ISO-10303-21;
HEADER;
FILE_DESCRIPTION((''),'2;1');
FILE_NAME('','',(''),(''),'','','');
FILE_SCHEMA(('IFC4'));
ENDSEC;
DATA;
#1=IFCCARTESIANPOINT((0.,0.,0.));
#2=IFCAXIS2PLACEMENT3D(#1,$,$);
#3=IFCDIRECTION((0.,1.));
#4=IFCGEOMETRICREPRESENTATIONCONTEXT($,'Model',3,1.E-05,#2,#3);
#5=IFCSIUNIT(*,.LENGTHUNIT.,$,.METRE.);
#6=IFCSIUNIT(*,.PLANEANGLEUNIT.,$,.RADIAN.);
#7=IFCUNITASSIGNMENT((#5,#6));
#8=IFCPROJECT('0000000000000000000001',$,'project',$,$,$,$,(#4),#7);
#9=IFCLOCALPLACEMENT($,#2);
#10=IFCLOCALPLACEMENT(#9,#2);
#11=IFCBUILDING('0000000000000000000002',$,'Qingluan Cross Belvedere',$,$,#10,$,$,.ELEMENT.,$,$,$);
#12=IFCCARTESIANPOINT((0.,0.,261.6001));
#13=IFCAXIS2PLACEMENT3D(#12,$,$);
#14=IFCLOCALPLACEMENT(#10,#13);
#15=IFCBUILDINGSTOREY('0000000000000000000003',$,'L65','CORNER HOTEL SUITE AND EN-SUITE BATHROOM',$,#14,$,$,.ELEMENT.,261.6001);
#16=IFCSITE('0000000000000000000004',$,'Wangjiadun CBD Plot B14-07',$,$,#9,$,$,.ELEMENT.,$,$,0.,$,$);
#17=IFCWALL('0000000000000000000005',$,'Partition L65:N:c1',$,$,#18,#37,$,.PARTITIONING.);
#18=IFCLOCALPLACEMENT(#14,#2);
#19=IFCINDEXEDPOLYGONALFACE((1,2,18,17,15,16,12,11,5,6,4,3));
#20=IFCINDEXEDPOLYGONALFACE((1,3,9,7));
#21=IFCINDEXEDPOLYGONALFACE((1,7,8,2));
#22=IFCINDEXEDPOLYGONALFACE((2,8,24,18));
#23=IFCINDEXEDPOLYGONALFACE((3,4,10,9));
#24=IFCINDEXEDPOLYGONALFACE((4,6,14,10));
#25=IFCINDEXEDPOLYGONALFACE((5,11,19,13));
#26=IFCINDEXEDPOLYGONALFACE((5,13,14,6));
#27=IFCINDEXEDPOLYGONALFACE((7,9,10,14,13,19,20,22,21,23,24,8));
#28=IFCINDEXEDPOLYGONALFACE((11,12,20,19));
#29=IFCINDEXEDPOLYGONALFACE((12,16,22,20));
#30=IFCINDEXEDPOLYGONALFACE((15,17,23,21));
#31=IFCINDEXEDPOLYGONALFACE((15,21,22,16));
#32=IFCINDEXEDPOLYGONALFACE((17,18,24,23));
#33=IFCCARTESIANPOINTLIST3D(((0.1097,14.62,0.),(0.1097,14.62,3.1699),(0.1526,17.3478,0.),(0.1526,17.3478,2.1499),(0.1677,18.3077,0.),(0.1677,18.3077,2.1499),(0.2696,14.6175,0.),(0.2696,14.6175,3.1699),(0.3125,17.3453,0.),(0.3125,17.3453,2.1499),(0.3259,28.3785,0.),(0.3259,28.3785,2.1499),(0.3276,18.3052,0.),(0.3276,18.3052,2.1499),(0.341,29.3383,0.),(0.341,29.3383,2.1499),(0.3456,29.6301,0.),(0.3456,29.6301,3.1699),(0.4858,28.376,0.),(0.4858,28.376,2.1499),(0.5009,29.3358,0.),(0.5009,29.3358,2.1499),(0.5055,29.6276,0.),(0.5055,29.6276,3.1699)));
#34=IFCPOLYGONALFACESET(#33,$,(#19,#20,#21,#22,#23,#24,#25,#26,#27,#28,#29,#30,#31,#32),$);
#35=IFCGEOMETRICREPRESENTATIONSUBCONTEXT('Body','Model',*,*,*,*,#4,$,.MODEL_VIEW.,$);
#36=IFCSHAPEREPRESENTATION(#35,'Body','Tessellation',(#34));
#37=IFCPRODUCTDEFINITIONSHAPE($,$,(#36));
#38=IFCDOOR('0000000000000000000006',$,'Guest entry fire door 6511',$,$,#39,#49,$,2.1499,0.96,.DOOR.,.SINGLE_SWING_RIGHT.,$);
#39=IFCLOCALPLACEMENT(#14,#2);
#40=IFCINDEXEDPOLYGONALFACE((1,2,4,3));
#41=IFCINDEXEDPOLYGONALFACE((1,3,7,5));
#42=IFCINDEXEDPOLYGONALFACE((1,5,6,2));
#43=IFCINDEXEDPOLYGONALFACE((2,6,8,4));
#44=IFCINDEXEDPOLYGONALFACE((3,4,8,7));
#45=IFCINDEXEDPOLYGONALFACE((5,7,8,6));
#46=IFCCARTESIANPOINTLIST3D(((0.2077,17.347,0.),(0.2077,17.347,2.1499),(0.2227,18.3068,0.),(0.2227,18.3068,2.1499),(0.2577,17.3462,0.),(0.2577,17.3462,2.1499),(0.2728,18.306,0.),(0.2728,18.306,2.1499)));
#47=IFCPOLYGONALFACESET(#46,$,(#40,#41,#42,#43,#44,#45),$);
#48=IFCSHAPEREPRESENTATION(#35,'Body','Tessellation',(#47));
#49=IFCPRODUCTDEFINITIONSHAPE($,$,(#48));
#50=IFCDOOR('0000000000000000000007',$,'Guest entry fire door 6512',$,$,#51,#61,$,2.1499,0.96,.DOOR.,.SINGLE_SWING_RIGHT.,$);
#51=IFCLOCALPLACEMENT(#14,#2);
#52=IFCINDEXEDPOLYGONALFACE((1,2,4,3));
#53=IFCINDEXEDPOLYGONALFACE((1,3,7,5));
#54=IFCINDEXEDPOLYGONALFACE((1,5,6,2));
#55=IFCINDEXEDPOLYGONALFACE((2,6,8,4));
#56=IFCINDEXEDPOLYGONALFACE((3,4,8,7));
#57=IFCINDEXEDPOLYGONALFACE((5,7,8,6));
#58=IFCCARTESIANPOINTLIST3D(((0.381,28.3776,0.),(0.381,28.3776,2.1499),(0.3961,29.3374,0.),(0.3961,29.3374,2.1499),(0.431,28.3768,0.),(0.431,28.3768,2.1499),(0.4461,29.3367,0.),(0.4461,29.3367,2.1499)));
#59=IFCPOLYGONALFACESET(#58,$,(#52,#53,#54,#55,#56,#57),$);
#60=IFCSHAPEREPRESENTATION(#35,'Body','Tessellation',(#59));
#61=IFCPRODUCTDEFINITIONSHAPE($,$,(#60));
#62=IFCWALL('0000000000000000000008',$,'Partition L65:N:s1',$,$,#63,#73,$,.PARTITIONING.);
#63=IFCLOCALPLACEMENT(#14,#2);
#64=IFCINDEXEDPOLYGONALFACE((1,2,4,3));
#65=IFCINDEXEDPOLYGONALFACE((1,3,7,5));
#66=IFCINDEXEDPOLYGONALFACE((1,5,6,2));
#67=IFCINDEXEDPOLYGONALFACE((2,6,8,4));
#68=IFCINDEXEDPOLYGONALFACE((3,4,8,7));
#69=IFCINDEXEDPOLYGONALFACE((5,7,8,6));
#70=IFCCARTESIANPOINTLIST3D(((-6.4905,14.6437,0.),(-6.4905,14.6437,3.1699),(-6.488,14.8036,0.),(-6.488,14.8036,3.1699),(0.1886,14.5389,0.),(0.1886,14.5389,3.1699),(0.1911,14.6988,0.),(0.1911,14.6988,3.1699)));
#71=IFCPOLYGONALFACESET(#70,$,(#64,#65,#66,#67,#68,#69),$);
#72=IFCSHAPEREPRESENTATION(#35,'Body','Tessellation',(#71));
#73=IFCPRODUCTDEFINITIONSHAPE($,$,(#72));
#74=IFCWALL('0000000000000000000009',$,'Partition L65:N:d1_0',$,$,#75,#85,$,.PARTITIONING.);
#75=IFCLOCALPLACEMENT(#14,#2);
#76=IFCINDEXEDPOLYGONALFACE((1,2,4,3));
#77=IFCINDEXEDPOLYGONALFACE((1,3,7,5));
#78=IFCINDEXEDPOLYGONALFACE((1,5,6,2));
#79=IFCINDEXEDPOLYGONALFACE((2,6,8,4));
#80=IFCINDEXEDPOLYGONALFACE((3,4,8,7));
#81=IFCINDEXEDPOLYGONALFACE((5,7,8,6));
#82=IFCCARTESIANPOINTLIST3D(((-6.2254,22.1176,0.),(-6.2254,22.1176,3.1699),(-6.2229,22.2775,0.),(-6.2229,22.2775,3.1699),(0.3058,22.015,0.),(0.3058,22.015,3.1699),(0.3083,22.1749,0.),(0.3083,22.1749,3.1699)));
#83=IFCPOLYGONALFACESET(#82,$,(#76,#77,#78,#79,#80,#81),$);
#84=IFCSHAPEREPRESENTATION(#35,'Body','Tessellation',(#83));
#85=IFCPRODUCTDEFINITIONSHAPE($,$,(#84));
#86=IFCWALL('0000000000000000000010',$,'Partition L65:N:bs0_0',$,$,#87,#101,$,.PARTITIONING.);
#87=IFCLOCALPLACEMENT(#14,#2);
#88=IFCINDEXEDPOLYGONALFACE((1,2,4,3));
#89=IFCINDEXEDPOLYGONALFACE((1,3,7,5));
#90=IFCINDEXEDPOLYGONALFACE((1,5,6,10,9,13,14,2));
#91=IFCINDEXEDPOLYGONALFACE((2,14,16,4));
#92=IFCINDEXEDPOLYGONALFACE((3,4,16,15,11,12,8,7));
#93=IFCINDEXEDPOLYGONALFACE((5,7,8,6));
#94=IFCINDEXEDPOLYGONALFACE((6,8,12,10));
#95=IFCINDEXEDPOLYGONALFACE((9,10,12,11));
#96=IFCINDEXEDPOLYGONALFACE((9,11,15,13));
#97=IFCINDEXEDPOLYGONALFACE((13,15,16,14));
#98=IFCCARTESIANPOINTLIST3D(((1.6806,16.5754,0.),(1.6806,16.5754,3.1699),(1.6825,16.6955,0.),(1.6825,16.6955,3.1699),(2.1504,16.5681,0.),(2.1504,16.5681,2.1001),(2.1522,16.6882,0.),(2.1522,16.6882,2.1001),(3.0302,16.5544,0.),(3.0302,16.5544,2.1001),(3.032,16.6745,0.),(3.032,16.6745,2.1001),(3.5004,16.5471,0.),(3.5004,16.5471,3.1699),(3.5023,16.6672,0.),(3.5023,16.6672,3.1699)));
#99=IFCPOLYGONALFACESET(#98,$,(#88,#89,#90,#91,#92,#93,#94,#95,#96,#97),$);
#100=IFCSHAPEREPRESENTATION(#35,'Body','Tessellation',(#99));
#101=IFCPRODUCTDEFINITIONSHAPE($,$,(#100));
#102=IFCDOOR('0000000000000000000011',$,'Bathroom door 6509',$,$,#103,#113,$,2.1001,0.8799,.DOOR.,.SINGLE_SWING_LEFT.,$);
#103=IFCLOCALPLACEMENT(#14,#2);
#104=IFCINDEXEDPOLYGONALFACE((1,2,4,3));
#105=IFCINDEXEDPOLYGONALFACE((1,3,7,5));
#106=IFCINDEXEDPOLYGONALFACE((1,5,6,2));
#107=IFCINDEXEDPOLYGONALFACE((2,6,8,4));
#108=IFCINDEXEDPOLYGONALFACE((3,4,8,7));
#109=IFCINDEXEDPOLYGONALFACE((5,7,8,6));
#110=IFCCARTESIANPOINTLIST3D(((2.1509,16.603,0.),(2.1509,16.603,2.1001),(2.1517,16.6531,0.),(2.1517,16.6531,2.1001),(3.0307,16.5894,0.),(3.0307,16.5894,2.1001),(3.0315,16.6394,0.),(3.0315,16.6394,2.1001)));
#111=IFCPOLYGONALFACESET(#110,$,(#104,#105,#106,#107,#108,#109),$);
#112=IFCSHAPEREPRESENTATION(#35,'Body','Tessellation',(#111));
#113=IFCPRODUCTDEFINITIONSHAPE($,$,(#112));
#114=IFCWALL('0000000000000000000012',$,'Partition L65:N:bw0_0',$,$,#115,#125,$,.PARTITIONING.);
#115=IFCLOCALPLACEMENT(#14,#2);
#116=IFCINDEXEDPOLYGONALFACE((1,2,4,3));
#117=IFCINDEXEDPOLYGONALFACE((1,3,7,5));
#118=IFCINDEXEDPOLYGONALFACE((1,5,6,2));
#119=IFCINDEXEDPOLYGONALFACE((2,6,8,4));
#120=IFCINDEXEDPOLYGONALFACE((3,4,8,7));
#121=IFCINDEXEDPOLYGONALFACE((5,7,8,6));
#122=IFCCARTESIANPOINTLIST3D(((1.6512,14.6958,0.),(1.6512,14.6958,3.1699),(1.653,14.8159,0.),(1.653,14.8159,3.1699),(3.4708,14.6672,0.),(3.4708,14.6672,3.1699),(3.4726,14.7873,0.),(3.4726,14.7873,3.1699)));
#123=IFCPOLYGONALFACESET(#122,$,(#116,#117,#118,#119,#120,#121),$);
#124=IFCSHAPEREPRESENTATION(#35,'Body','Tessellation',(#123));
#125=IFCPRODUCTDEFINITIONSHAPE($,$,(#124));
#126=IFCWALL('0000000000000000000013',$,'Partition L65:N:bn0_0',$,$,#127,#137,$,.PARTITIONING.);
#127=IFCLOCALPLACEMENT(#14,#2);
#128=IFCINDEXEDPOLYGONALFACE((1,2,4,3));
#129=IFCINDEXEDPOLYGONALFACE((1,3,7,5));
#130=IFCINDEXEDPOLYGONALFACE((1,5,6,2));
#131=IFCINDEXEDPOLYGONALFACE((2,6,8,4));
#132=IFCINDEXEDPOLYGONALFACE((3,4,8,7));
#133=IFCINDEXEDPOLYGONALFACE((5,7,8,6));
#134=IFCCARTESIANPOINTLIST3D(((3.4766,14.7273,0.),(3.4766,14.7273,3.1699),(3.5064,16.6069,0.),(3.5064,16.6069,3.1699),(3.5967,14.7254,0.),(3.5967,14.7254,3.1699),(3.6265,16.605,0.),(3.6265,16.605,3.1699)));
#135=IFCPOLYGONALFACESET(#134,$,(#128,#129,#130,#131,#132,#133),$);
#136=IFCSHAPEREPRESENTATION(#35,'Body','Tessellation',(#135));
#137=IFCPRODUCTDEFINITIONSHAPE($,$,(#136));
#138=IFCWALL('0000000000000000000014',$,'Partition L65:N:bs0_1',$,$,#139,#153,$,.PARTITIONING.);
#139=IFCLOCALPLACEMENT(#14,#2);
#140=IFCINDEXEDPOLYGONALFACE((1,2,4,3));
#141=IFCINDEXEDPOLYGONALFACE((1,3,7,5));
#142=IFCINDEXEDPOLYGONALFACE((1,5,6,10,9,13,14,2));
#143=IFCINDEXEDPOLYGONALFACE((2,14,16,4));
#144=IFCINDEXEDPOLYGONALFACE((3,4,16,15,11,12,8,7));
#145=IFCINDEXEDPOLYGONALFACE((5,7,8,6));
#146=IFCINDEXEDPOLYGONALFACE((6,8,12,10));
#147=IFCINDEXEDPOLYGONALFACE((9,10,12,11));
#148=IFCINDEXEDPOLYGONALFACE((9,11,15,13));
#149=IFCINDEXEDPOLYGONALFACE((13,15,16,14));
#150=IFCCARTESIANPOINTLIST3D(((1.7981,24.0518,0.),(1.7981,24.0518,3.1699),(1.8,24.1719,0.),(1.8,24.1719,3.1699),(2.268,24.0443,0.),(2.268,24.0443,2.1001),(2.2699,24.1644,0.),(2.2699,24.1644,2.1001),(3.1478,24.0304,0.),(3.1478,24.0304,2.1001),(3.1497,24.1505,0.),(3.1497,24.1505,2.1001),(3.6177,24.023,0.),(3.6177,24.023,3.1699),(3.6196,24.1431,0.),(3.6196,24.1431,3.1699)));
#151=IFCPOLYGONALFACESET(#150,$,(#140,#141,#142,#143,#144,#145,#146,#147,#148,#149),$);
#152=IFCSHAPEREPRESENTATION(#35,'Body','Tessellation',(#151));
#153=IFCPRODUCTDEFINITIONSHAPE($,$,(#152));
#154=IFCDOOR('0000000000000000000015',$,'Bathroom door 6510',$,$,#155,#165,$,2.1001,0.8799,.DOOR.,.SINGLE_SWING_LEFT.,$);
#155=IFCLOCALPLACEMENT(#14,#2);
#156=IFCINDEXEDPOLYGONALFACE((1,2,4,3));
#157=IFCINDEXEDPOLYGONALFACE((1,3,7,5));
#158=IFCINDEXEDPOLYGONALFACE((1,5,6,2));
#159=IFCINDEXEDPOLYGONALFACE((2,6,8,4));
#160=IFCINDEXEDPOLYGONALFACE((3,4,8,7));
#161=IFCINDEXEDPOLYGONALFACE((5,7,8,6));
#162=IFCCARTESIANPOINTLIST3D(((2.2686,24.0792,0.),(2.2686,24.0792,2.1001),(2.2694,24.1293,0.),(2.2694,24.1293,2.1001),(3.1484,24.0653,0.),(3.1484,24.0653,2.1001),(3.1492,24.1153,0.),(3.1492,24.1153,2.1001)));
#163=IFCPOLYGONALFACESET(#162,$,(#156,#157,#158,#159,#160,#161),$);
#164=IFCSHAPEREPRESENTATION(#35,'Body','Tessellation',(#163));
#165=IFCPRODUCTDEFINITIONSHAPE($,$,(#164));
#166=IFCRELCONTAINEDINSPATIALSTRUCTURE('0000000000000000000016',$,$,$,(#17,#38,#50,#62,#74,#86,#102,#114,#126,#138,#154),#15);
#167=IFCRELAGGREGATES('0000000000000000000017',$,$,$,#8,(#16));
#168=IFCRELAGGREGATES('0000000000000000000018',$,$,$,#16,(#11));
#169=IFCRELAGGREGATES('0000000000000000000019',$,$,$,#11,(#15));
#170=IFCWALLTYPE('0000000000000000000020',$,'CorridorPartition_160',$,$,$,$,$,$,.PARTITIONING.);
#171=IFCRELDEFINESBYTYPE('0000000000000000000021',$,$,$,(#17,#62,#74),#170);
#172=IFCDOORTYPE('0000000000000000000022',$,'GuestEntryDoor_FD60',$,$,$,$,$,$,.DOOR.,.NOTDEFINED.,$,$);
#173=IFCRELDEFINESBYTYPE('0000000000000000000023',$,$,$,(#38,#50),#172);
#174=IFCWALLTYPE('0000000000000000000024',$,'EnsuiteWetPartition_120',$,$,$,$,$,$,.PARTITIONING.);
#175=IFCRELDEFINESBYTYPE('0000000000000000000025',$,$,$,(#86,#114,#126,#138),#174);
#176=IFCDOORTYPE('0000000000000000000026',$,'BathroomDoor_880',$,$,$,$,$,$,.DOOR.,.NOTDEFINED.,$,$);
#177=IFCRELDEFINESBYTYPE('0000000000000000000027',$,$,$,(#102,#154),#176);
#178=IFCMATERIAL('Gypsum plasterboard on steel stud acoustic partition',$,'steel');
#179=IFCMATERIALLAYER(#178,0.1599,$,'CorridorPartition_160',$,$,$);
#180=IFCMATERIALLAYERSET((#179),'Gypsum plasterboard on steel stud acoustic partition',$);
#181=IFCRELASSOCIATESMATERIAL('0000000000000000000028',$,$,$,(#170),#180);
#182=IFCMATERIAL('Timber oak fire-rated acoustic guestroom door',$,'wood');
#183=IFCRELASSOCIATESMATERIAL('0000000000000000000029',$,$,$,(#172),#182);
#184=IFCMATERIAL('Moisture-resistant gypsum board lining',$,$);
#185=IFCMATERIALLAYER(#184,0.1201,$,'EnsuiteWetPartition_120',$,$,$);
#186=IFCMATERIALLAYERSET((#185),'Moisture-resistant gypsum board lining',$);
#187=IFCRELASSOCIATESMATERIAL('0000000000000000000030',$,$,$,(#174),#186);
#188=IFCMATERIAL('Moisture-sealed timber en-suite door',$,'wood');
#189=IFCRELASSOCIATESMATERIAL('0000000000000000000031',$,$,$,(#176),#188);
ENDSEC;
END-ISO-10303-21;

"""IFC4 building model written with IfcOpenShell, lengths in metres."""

from ifc_helpers import new_model, si_unit, direction, frame, frame_2d, origin, place, context, subcontext, project, spatial, rectangle, extrude, material, layer, layer_set, type_object, element, fill, save


model = new_model("IFC4")

# Units and contexts
model_context = context("Model", 3, precision=1e-05, world=origin(), true_north=direction((0.0, 1.0)))
body_context = subcontext(model_context, "Body", "Model", "MODEL_VIEW")
ifc_project = project(units=[si_unit("LENGTHUNIT", "METRE"), si_unit("PLANEANGLEUNIT", "RADIAN")], contexts=[model_context])

# Site, building, storey
site_placement = place(None, origin())
site = spatial("IfcSite", under=ifc_project, at=site_placement, Name="Wangjiadun CBD Plot B14-07", CompositionType="ELEMENT", RefElevation=0.0)
building_placement = place(site_placement, origin())
building = spatial("IfcBuilding", under=site, at=building_placement, Name="Qingluan Cross Belvedere", CompositionType="ELEMENT")
storey_placement = place(building_placement, frame((0.0, 0.0, 261.6001)))
storey = spatial("IfcBuildingStorey", under=building, at=storey_placement, Name="L65", Description="CORNER HOTEL SUITE AND EN-SUITE BATHROOM", CompositionType="ELEMENT", Elevation=261.6001)

# Shared definitions
ifc_material_1 = material(Name="Gypsum plasterboard on steel stud acoustic partition", Category="steel")
ifc_layer_1 = layer(ifc_material_1, 0.1599, Name="CorridorPartition_160")
ifc_layer_set_1 = layer_set([ifc_layer_1], Name="Gypsum plasterboard on steel stud acoustic partition")
wall_type_1 = type_object("IfcWallType", Name="CorridorPartition_160", PredefinedType="PARTITIONING", material=ifc_layer_set_1)

# Wall, openings, doors
wall_1_placement = place(storey_placement, frame((0.1897, 14.6189, 0.0), z_axis=(0.0, 0.0, 1.0), x_axis=(0.01571, 0.999877, 0.0)))
wall_1 = element("IfcWall", 1, at=wall_1_placement, inside=storey, type_object=wall_type_1, Name="Partition L65:N:c1", PredefinedType="PARTITIONING", context=body_context, shape_type="SweptSolid", body=[
    extrude(rectangle(XDim=15.012, YDim=0.1599, at=frame_2d((7.5059, 0.0))), origin(), (0.0, 0.0, 1.0), 3.1699),
])
opening_1_placement = place(wall_1_placement, frame((2.728, 0.0, 0.0)))
opening_1 = element("IfcOpeningElement", 2, at=opening_1_placement, cuts=wall_1, PredefinedType="OPENING", context=body_context, shape_type="SweptSolid", body=[
    extrude(rectangle(XDim=0.96, YDim=2.1499, at=frame_2d((0.48, 1.075))), frame((0.0, 0.0898, 0.0), z_axis=(0.0, -1.0, 0.0), x_axis=(1.0, 0.0, 0.0)), (0.0, 0.0, 1.0), 0.1799),
])
opening_2_placement = place(wall_1_placement, frame((13.76, 0.0, 0.0)))
opening_2 = element("IfcOpeningElement", 3, at=opening_2_placement, cuts=wall_1, PredefinedType="OPENING", context=body_context, shape_type="SweptSolid", body=[
    extrude(rectangle(XDim=0.96, YDim=2.1499, at=frame_2d((0.48, 1.075))), frame((0.0, 0.0898, 0.0), z_axis=(0.0, -1.0, 0.0), x_axis=(1.0, 0.0, 0.0)), (0.0, 0.0, 1.0), 0.1799),
])
ifc_material_2 = material(Name="Timber oak fire-rated acoustic guestroom door", Category="wood")
door_type_1 = type_object("IfcDoorType", Name="GuestEntryDoor_FD60", OperationType="NOTDEFINED", PredefinedType="DOOR", material=ifc_material_2)
door_1_placement = place(opening_1_placement, origin())
door_1 = element("IfcDoor", 4, at=door_1_placement, inside=storey, type_object=door_type_1, Name="Guest entry fire door 6511", OperationType="SINGLE_SWING_RIGHT", OverallHeight=2.1499, OverallWidth=0.96, PredefinedType="DOOR", context=body_context, shape_type="SweptSolid", body=[
    extrude(rectangle(XDim=0.96, YDim=2.1499, at=frame_2d((0.48, 1.075))), frame((0.0, 0.0249, 0.0), z_axis=(0.0, -1.0, 0.0), x_axis=(1.0, 0.0, 0.0)), (0.0, 0.0, 1.0), 0.05),
])
fill(opening_1, door_1)
door_2_placement = place(opening_2_placement, origin())
door_2 = element("IfcDoor", 5, at=door_2_placement, inside=storey, type_object=door_type_1, Name="Guest entry fire door 6512", OperationType="SINGLE_SWING_RIGHT", OverallHeight=2.1499, OverallWidth=0.96, PredefinedType="DOOR", context=body_context, shape_type="SweptSolid", body=[
    extrude(rectangle(XDim=0.96, YDim=2.1499, at=frame_2d((0.48, 1.075))), frame((0.0, 0.0249, 0.0), z_axis=(0.0, -1.0, 0.0), x_axis=(1.0, 0.0, 0.0)), (0.0, 0.0, 1.0), 0.05),
])
fill(opening_2, door_2)

# Walls
wall_2_placement = place(storey_placement, frame((0.1897, 14.6189, 0.0), z_axis=(0.0, 0.0, 1.0), x_axis=(-0.999877, 0.015679, 0.0)))
element("IfcWall", 6, at=wall_2_placement, inside=storey, type_object=wall_type_1, Name="Partition L65:N:s1", PredefinedType="PARTITIONING", context=body_context, shape_type="SweptSolid", body=[
    extrude(rectangle(XDim=6.6799, YDim=0.1599, at=frame_2d((3.3398, 0.0))), origin(), (0.0, 0.0, 1.0), 3.1699),
])
wall_3_placement = place(storey_placement, frame((0.3071, 22.095, 0.0), z_axis=(0.0, 0.0, 1.0), x_axis=(-0.999877, 0.015698, 0.0)))
element("IfcWall", 7, at=wall_3_placement, inside=storey, type_object=wall_type_1, Name="Partition L65:N:d1_0", PredefinedType="PARTITIONING", context=body_context, shape_type="SweptSolid", body=[
    extrude(rectangle(XDim=6.532, YDim=0.1599, at=frame_2d((3.2661, 0.0))), origin(), (0.0, 0.0, 1.0), 3.1699),
])

# Wall, opening, door
ifc_material_3 = material(Name="Moisture-resistant gypsum board lining")
ifc_layer_2 = layer(ifc_material_3, 0.1201, Name="EnsuiteWetPartition_120")
ifc_layer_set_2 = layer_set([ifc_layer_2], Name="Moisture-resistant gypsum board lining")
wall_type_2 = type_object("IfcWallType", Name="EnsuiteWetPartition_120", PredefinedType="PARTITIONING", material=ifc_layer_set_2)
wall_4_placement = place(storey_placement, frame((1.6814, 16.6355, 0.0), z_axis=(0.0, 0.0, 1.0), x_axis=(0.999879, -0.01556, 0.0)))
wall_4 = element("IfcWall", 8, at=wall_4_placement, inside=storey, type_object=wall_type_2, Name="Partition L65:N:bs0_0", PredefinedType="PARTITIONING", context=body_context, shape_type="SweptSolid", body=[
    extrude(rectangle(XDim=1.8201, YDim=0.1201, at=frame_2d((0.9102, 0.0))), origin(), (0.0, 0.0, 1.0), 3.1699),
])
opening_3_placement = place(wall_4_placement, frame((0.47, 0.0, 0.0)))
opening_3 = element("IfcOpeningElement", 9, at=opening_3_placement, cuts=wall_4, PredefinedType="OPENING", context=body_context, shape_type="SweptSolid", body=[
    extrude(rectangle(XDim=0.8799, YDim=2.1001, at=frame_2d((0.4399, 1.05))), frame((0.0, 0.0701, 0.0), z_axis=(0.0, -1.0, 0.0), x_axis=(1.0, 0.0, 0.0)), (0.0, 0.0, 1.0), 0.1401),
])
ifc_material_4 = material(Name="Moisture-sealed timber en-suite door", Category="wood")
door_type_2 = type_object("IfcDoorType", Name="BathroomDoor_880", OperationType="NOTDEFINED", PredefinedType="DOOR", material=ifc_material_4)
door_3_placement = place(opening_3_placement, origin())
door_3 = element("IfcDoor", 10, at=door_3_placement, inside=storey, type_object=door_type_2, Name="Bathroom door 6509", OperationType="SINGLE_SWING_LEFT", OverallHeight=2.1001, OverallWidth=0.8799, PredefinedType="DOOR", context=body_context, shape_type="SweptSolid", body=[
    extrude(rectangle(XDim=0.8799, YDim=2.1001, at=frame_2d((0.4399, 1.05))), frame((0.0, 0.0249, 0.0), z_axis=(0.0, -1.0, 0.0), x_axis=(1.0, 0.0, 0.0)), (0.0, 0.0, 1.0), 0.05),
])
fill(opening_3, door_3)

# Walls
wall_5_placement = place(storey_placement, frame((1.6521, 14.7559, 0.0), z_axis=(0.0, 0.0, 1.0), x_axis=(0.999877, -0.015696, 0.0)))
element("IfcWall", 11, at=wall_5_placement, inside=storey, type_object=wall_type_2, Name="Partition L65:N:bw0_0", PredefinedType="PARTITIONING", context=body_context, shape_type="SweptSolid", body=[
    extrude(rectangle(XDim=1.8198, YDim=0.1201, at=frame_2d((0.9099, 0.0))), origin(), (0.0, 0.0, 1.0), 3.1699),
])
wall_6_placement = place(storey_placement, frame((3.5366, 14.7263, 0.0), z_axis=(0.0, 0.0, 1.0), x_axis=(0.015844, 0.999874, 0.0)))
element("IfcWall", 12, at=wall_6_placement, inside=storey, type_object=wall_type_2, Name="Partition L65:N:bn0_0", PredefinedType="PARTITIONING", context=body_context, shape_type="SweptSolid", body=[
    extrude(rectangle(XDim=1.8799, YDim=0.1201, at=frame_2d((0.9399, 0.0))), origin(), (0.0, 0.0, 1.0), 3.1699),
])

# Wall, opening, door
wall_7_placement = place(storey_placement, frame((1.7991, 24.1118, 0.0), z_axis=(0.0, 0.0, 1.0), x_axis=(0.999875, -0.015831, 0.0)))
wall_7 = element("IfcWall", 13, at=wall_7_placement, inside=storey, type_object=wall_type_2, Name="Partition L65:N:bs0_1", PredefinedType="PARTITIONING", context=body_context, shape_type="SweptSolid", body=[
    extrude(rectangle(XDim=1.8198, YDim=0.1201, at=frame_2d((0.9099, 0.0))), origin(), (0.0, 0.0, 1.0), 3.1699),
])
opening_4_placement = place(wall_7_placement, frame((0.47, 0.0, 0.0)))
opening_4 = element("IfcOpeningElement", 14, at=opening_4_placement, cuts=wall_7, PredefinedType="OPENING", context=body_context, shape_type="SweptSolid", body=[
    extrude(rectangle(XDim=0.8799, YDim=2.1001, at=frame_2d((0.4399, 1.05))), frame((0.0, 0.0701, 0.0), z_axis=(0.0, -1.0, 0.0), x_axis=(1.0, 0.0, 0.0)), (0.0, 0.0, 1.0), 0.1401),
])
door_4_placement = place(opening_4_placement, origin())
door_4 = element("IfcDoor", 15, at=door_4_placement, inside=storey, type_object=door_type_2, Name="Bathroom door 6510", OperationType="SINGLE_SWING_LEFT", OverallHeight=2.1001, OverallWidth=0.8799, PredefinedType="DOOR", context=body_context, shape_type="SweptSolid", body=[
    extrude(rectangle(XDim=0.8799, YDim=2.1001, at=frame_2d((0.4399, 1.05))), frame((0.0, 0.0249, 0.0), z_axis=(0.0, -1.0, 0.0), x_axis=(1.0, 0.0, 0.0)), (0.0, 0.0, 1.0), 0.05),
])
fill(opening_4, door_4)

save(model, "model.ifc")
